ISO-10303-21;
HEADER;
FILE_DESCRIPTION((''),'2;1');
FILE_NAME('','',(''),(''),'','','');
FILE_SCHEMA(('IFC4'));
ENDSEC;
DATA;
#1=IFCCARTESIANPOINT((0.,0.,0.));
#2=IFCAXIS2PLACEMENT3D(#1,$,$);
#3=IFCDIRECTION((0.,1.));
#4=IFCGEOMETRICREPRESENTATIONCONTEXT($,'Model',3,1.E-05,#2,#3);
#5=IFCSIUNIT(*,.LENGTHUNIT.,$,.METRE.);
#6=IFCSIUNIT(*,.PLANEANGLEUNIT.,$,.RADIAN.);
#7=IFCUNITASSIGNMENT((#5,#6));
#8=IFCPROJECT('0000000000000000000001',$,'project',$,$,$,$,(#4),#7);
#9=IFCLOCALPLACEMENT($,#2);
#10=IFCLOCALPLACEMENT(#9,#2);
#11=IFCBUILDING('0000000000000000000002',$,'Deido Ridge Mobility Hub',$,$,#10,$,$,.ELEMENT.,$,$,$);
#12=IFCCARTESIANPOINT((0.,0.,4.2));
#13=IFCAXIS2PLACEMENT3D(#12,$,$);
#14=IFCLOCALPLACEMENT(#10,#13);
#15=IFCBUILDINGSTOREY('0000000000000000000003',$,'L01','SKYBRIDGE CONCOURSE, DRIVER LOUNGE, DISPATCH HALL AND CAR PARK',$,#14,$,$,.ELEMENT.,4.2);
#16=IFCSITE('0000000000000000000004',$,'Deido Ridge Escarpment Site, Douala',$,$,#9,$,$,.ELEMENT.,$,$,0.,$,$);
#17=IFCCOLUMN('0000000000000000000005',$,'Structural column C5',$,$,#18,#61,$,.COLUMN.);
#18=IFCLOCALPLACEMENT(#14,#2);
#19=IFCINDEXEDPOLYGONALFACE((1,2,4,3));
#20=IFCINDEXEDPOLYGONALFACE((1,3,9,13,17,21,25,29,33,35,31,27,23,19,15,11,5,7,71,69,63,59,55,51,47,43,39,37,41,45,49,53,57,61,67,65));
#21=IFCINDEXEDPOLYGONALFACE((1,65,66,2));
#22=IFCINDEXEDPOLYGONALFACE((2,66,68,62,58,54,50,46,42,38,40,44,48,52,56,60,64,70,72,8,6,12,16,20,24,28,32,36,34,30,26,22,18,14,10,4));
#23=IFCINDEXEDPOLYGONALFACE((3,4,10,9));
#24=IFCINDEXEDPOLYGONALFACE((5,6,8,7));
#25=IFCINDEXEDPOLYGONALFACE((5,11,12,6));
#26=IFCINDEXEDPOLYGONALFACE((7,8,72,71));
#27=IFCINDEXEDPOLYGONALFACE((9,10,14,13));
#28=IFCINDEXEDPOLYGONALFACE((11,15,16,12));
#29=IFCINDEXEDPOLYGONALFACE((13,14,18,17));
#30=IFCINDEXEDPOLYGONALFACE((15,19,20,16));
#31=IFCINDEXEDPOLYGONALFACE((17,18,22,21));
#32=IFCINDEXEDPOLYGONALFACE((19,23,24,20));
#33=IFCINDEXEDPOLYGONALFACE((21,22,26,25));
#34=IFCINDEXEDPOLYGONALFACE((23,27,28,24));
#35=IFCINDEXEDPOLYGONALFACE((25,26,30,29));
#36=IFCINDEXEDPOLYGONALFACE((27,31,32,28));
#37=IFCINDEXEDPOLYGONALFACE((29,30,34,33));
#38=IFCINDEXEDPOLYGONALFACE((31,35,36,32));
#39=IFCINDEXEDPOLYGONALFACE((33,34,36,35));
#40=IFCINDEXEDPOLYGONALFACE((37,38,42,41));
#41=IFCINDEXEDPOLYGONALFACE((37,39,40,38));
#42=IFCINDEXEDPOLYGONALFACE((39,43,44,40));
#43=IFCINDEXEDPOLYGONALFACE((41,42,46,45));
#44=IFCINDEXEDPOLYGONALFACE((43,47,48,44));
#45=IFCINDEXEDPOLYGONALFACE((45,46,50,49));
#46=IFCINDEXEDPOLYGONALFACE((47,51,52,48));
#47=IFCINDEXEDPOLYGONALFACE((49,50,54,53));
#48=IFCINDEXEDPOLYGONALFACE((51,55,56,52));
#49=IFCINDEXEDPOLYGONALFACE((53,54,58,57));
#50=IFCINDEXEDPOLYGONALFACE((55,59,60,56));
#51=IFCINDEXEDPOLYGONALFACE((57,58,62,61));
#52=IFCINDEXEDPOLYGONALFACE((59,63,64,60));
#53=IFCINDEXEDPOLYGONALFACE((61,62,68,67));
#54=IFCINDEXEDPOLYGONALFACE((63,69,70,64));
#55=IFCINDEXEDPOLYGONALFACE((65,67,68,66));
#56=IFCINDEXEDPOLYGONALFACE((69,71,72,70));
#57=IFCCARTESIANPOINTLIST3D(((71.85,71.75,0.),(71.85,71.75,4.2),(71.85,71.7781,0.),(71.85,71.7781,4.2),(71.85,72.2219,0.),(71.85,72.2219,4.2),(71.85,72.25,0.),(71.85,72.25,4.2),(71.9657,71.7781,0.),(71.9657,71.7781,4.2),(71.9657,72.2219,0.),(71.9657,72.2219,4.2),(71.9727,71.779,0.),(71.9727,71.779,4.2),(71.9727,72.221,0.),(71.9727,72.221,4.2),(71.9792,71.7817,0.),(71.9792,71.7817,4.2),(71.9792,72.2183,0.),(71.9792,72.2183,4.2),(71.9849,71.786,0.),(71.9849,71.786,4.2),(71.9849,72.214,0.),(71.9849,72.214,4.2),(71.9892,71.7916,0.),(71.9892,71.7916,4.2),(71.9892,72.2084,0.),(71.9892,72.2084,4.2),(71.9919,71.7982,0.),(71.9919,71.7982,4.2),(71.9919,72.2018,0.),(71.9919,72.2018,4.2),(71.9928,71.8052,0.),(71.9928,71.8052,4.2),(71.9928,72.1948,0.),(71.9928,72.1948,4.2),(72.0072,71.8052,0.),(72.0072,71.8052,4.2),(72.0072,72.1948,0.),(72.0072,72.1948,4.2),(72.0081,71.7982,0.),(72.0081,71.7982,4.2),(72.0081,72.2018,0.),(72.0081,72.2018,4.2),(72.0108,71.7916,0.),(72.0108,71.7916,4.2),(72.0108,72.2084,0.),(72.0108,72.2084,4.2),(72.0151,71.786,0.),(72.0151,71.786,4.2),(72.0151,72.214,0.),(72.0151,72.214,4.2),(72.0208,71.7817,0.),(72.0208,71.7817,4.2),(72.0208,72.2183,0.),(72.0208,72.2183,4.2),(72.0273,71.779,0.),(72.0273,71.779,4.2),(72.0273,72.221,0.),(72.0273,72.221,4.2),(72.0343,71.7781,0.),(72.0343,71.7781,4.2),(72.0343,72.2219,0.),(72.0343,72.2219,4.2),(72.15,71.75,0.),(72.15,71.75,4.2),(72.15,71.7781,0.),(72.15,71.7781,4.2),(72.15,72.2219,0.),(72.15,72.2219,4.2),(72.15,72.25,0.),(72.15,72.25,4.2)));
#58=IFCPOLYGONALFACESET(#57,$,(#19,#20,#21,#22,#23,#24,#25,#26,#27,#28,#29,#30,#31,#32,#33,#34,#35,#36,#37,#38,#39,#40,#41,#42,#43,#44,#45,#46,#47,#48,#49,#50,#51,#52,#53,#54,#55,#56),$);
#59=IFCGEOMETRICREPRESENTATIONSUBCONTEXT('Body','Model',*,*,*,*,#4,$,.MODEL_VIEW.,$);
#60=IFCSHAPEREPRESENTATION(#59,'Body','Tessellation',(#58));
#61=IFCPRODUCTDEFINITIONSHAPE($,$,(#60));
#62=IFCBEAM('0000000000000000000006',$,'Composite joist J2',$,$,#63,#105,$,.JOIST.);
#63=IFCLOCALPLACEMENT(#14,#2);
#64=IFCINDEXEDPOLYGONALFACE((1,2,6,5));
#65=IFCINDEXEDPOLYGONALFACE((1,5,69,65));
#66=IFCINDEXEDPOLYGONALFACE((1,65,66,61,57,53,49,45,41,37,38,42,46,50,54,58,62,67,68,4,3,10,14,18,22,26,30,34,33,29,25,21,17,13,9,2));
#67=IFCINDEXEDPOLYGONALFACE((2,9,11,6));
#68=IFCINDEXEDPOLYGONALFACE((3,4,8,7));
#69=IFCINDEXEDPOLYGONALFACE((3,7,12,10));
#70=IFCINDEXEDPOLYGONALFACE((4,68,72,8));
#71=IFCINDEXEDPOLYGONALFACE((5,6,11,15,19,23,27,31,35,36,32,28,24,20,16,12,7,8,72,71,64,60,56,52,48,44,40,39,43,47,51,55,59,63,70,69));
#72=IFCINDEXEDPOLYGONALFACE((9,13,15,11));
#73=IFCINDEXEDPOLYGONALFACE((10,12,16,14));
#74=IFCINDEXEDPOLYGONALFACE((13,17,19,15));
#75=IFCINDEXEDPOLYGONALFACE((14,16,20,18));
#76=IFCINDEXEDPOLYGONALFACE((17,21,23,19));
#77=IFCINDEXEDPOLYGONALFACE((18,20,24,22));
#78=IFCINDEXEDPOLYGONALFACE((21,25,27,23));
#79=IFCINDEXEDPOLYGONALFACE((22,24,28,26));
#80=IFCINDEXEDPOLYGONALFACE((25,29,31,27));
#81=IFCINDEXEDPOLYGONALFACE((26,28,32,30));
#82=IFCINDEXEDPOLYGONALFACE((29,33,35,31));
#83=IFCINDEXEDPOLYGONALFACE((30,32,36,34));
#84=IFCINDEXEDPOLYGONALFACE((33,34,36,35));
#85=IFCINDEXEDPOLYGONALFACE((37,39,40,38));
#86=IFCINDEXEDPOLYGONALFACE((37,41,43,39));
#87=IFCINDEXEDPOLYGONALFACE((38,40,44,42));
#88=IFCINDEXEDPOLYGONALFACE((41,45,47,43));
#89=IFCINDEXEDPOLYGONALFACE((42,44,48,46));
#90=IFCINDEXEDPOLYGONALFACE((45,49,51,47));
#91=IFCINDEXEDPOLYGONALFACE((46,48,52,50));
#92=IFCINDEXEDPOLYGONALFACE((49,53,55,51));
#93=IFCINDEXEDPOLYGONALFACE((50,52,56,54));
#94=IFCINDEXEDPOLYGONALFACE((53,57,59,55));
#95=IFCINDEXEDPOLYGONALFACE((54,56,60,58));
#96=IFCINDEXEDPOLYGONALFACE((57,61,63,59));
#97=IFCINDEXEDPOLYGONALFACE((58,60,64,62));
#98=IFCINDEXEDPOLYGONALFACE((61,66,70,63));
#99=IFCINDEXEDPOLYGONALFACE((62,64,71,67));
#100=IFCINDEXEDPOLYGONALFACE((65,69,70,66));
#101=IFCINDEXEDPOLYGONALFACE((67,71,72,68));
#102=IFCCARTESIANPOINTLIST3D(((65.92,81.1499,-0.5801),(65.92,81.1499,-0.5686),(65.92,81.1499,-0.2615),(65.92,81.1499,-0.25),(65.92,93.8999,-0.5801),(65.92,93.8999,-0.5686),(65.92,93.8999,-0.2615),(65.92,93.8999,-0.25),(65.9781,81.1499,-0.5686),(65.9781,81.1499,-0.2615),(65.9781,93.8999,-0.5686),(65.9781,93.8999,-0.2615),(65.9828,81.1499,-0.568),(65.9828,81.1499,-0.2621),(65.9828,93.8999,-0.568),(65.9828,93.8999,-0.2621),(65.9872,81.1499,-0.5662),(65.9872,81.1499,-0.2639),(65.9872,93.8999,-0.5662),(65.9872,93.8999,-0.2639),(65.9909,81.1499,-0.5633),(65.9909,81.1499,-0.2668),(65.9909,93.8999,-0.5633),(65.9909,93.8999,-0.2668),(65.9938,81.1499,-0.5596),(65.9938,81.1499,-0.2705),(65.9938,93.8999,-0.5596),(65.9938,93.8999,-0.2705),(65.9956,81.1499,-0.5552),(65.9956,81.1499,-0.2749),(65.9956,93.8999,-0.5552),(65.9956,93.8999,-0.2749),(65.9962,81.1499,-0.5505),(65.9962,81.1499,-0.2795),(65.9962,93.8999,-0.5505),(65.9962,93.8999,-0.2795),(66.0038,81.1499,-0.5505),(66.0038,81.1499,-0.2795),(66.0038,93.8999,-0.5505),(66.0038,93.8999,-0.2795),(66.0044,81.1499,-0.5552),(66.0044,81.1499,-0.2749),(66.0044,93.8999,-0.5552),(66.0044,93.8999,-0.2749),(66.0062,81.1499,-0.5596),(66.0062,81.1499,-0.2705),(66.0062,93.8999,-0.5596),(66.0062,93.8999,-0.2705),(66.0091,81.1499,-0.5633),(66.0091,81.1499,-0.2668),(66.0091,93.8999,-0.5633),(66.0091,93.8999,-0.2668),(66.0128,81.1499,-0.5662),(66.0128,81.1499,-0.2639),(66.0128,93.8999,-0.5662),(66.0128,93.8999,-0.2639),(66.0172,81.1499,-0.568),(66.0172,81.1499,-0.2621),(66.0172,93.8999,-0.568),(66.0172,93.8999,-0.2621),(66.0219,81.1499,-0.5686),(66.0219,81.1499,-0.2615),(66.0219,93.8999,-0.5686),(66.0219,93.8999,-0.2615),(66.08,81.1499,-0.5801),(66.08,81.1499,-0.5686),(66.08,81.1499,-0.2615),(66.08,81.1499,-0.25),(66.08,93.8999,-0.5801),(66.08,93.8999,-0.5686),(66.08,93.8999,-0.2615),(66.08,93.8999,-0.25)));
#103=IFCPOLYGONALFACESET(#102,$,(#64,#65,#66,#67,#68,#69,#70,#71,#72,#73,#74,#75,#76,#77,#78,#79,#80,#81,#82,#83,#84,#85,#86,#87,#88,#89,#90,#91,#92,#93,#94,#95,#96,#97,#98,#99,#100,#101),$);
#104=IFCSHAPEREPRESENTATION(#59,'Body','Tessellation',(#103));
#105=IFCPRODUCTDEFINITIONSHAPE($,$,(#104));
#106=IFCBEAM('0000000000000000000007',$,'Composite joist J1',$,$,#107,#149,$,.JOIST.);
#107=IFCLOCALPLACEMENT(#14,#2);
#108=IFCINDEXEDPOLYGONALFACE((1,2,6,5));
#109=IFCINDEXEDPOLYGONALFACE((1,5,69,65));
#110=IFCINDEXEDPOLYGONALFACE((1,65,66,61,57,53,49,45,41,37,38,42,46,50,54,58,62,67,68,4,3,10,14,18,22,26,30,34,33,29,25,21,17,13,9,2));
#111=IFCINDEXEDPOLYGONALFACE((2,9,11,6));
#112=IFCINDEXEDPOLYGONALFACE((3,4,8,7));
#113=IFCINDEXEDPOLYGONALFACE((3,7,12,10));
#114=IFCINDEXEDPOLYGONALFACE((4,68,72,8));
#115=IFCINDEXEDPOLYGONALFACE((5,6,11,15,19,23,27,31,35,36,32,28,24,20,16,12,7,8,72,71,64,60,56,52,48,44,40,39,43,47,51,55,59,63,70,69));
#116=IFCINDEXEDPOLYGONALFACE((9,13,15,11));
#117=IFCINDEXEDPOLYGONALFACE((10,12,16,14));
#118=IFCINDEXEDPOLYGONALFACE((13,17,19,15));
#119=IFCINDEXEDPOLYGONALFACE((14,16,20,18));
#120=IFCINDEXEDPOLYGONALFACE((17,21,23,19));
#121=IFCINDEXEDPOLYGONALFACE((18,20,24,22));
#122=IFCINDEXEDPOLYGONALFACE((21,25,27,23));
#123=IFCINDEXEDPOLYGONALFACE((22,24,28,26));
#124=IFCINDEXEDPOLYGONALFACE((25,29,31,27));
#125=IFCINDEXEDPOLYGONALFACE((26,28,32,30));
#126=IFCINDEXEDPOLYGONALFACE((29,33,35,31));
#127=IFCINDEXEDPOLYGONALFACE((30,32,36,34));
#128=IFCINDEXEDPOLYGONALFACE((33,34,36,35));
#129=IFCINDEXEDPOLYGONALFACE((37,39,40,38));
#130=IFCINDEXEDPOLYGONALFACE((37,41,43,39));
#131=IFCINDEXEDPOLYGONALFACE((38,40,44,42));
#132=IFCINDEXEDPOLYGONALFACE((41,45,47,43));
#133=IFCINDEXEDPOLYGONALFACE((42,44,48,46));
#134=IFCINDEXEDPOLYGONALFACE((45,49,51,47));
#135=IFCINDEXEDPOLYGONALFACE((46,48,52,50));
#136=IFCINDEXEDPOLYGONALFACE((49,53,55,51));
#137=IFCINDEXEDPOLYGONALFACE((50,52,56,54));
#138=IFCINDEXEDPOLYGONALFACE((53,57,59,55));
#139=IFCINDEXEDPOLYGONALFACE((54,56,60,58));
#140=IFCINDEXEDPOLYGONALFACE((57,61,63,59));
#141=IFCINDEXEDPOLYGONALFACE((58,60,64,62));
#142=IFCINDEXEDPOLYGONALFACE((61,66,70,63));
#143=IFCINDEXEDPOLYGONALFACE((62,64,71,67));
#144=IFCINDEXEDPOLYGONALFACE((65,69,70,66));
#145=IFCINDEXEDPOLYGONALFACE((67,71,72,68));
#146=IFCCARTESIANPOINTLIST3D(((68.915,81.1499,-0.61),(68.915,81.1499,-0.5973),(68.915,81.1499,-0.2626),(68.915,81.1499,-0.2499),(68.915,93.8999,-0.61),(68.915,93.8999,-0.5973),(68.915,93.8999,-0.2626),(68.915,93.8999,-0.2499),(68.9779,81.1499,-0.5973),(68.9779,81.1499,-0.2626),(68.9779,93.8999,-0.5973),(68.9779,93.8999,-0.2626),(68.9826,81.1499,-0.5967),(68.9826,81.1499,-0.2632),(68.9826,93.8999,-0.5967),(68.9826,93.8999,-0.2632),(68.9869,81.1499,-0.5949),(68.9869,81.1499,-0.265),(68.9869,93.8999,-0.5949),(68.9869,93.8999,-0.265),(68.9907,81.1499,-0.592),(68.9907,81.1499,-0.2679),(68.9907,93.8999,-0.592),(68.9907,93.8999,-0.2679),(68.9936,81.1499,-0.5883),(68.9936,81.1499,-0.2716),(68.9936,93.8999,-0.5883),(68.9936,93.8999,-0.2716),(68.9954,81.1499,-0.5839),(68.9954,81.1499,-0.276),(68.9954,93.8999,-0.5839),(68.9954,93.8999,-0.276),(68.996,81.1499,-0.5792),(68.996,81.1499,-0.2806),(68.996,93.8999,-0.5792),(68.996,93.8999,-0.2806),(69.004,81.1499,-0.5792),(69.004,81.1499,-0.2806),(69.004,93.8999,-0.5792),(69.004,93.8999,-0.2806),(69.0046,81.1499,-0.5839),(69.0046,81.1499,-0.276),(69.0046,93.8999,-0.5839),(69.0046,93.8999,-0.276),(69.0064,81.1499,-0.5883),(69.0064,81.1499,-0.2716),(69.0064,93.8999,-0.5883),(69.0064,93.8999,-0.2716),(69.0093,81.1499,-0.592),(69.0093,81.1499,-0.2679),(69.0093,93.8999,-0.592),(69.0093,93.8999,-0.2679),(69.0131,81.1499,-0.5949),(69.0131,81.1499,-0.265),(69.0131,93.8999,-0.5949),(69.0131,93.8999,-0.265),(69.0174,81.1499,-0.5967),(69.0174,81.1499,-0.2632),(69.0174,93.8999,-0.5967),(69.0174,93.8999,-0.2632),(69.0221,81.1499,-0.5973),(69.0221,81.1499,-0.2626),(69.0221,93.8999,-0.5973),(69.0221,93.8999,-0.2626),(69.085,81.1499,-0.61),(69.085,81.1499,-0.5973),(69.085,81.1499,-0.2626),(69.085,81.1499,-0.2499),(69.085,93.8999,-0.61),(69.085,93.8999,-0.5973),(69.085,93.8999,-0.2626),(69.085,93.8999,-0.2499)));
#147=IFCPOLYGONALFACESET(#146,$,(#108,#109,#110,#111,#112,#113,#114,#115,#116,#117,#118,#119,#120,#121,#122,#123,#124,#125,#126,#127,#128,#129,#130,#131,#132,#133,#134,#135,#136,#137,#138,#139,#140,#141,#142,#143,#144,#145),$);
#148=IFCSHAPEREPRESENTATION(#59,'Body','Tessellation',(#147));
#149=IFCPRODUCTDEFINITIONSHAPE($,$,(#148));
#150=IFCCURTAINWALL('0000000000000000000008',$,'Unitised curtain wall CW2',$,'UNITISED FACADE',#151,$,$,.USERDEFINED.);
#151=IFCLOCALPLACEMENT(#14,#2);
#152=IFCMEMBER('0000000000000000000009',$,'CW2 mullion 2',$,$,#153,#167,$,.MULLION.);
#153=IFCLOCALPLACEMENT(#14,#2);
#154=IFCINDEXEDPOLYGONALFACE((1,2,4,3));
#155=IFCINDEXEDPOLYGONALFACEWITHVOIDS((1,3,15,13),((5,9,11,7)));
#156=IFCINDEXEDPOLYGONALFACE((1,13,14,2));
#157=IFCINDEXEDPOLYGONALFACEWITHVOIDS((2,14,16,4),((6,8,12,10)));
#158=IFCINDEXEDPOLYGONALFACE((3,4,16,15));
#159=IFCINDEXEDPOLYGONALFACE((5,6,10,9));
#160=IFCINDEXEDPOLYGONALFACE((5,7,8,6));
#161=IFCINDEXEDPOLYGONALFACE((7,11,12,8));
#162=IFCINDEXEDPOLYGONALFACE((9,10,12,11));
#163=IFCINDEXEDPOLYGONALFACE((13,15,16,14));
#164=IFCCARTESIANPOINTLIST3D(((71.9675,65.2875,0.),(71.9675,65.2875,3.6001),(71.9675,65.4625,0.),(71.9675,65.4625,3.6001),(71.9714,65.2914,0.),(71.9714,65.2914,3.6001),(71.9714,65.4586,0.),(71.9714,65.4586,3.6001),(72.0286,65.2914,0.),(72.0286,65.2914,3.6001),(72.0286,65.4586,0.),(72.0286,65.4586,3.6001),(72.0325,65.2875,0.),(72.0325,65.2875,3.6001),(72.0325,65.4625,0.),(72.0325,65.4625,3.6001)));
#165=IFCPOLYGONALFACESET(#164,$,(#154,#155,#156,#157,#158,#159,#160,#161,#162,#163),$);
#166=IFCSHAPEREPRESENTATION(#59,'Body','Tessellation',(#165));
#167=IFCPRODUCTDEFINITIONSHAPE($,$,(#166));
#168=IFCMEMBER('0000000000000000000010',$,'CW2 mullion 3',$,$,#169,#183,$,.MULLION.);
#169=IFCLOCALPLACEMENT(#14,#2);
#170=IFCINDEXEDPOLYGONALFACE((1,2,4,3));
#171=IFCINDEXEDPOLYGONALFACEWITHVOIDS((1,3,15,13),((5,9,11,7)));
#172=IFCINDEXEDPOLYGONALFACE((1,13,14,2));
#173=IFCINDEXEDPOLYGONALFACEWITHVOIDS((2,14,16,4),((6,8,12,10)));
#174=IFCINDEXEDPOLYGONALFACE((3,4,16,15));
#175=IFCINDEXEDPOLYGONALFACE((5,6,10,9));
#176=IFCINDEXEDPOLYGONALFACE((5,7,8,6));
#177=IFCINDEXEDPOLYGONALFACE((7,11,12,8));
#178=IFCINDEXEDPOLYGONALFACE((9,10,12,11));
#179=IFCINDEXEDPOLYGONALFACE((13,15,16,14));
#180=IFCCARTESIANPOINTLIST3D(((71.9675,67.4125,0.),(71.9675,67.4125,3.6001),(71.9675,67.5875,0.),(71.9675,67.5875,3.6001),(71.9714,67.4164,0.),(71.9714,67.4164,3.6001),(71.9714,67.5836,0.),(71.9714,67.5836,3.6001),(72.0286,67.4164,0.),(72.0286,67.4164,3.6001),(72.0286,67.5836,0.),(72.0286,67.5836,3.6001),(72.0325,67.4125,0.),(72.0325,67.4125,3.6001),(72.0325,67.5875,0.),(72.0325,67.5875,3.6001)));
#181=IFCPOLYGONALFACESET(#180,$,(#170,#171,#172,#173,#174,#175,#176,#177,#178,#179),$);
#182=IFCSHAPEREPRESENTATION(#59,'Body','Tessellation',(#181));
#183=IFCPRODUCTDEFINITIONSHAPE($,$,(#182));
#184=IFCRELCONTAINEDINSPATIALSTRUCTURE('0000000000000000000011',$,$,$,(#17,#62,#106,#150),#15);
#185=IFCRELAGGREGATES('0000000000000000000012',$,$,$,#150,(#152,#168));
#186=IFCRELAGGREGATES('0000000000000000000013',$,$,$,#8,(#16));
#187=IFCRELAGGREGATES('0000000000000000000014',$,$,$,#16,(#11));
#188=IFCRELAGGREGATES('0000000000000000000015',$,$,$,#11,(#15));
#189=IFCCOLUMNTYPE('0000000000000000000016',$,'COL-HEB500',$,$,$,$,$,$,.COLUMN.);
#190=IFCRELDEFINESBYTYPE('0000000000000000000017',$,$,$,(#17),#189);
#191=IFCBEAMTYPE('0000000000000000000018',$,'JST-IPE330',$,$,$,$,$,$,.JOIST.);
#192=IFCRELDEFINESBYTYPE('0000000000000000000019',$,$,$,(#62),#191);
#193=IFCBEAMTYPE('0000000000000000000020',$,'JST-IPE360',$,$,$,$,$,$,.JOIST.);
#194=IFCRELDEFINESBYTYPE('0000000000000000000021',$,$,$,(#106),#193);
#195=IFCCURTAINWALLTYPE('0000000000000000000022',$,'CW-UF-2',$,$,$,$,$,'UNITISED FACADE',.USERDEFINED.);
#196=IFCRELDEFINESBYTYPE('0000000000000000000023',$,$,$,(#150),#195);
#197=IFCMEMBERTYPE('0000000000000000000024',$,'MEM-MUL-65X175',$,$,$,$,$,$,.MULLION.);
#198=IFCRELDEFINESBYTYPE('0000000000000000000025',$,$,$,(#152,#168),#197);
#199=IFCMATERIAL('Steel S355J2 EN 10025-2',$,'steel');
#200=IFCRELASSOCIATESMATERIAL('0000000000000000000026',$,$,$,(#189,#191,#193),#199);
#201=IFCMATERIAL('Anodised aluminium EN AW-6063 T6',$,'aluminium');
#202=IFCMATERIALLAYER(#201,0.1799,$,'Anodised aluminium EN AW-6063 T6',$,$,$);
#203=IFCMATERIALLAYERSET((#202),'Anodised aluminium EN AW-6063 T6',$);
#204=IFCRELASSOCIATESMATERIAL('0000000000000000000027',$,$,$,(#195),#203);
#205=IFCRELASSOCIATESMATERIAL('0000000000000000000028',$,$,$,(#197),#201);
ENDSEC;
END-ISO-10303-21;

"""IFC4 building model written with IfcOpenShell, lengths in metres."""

from ifc_helpers import new_model, si_unit, direction, frame, origin, origin_2d, place, context, subcontext, project, spatial, hollow_rectangle, i_section, extrude, material, layer, layer_set, material_profile, profile_set, type_object, element, aggregate, save


model = new_model("IFC4")

# Units and contexts
model_context = context("Model", 3, precision=1e-05, world=origin(), true_north=direction((0.0, 1.0)))
body_context = subcontext(model_context, "Body", "Model", "MODEL_VIEW")
ifc_project = project(units=[si_unit("LENGTHUNIT", "METRE"), si_unit("PLANEANGLEUNIT", "RADIAN")], contexts=[model_context])

# Site, building, storey
site_placement = place(None, origin())
site = spatial("IfcSite", under=ifc_project, at=site_placement, Name="Deido Ridge Escarpment Site, Douala", CompositionType="ELEMENT", RefElevation=0.0)
building_placement = place(site_placement, origin())
building = spatial("IfcBuilding", under=site, at=building_placement, Name="Deido Ridge Mobility Hub", CompositionType="ELEMENT")
storey_placement = place(building_placement, frame((0.0, 0.0, 4.2)))
storey = spatial("IfcBuildingStorey", under=building, at=storey_placement, Name="L01", Description="SKYBRIDGE CONCOURSE, DRIVER LOUNGE, DISPATCH HALL AND CAR PARK", CompositionType="ELEMENT", Elevation=4.2)

# Column
ifc_material_1 = material(Name="Steel S355J2 EN 10025-2", Category="steel")
ifc_material_profile_1 = material_profile(ifc_material_1, i_section(OverallWidth=0.3, OverallDepth=0.5, WebThickness=0.0144, FlangeThickness=0.0281, FilletRadius=0.0271, at=origin_2d()), Name="HEB 500")
ifc_profile_set_1 = profile_set([ifc_material_profile_1], Name="Steel S355J2 EN 10025-2")
column_type = type_object("IfcColumnType", Name="COL-HEB500", PredefinedType="COLUMN", material=ifc_profile_set_1)
column_placement = place(storey_placement, frame((72.0, 72.0, 0.0), z_axis=(0.0, 0.0, 1.0), x_axis=(1.0, 0.0, 0.0)))
element("IfcColumn", 1, at=column_placement, inside=storey, type_object=column_type, Name="Structural column C5", PredefinedType="COLUMN", context=body_context, shape_type="SweptSolid", body=[
    extrude(i_section(OverallWidth=0.3, OverallDepth=0.5, WebThickness=0.0144, FlangeThickness=0.0281, FilletRadius=0.0271, at=origin_2d()), origin(), (0.0, 0.0, 1.0), 4.2),
])

# Beams
ifc_material_profile_2 = material_profile(ifc_material_1, i_section(OverallWidth=0.1599, OverallDepth=0.3301, WebThickness=0.0076, FlangeThickness=0.0115, FilletRadius=0.0181, at=origin_2d()), Name="IPE 330")
ifc_profile_set_2 = profile_set([ifc_material_profile_2], Name="Steel S355J2 EN 10025-2")
beam_type_1 = type_object("IfcBeamType", Name="JST-IPE330", PredefinedType="JOIST", material=ifc_profile_set_2)
beam_1_placement = place(storey_placement, frame((66.0, 81.1499, -0.415), z_axis=(0.0, 1.0, 0.0), x_axis=(-1.0, 0.0, 0.0)))
element("IfcBeam", 2, at=beam_1_placement, inside=storey, type_object=beam_type_1, Name="Composite joist J2", PredefinedType="JOIST", context=body_context, shape_type="SweptSolid", body=[
    extrude(i_section(OverallWidth=0.1599, OverallDepth=0.3301, WebThickness=0.0076, FlangeThickness=0.0115, FilletRadius=0.0181, at=origin_2d()), origin(), (0.0, 0.0, 1.0), 12.75),
])
ifc_material_profile_3 = material_profile(ifc_material_1, i_section(OverallWidth=0.1699, OverallDepth=0.3601, WebThickness=0.0081, FlangeThickness=0.0127, FilletRadius=0.0181, at=origin_2d()), Name="IPE 360")
ifc_profile_set_3 = profile_set([ifc_material_profile_3], Name="Steel S355J2 EN 10025-2")
beam_type_2 = type_object("IfcBeamType", Name="JST-IPE360", PredefinedType="JOIST", material=ifc_profile_set_3)
beam_2_placement = place(storey_placement, frame((69.0, 81.1499, -0.4299), z_axis=(0.0, 1.0, 0.0), x_axis=(-1.0, 0.0, 0.0)))
element("IfcBeam", 3, at=beam_2_placement, inside=storey, type_object=beam_type_2, Name="Composite joist J1", PredefinedType="JOIST", context=body_context, shape_type="SweptSolid", body=[
    extrude(i_section(OverallWidth=0.1699, OverallDepth=0.3601, WebThickness=0.0081, FlangeThickness=0.0127, FilletRadius=0.0181, at=origin_2d()), origin(), (0.0, 0.0, 1.0), 12.75),
])

# Curtain wall, members
ifc_material_2 = material(Name="Anodised aluminium EN AW-6063 T6", Category="aluminium")
ifc_layer_1 = layer(ifc_material_2, 0.1799, Name="Anodised aluminium EN AW-6063 T6")
ifc_layer_set_1 = layer_set([ifc_layer_1], Name="Anodised aluminium EN AW-6063 T6")
curtain_wall_type = type_object("IfcCurtainWallType", Name="CW-UF-2", ElementType="UNITISED FACADE", PredefinedType="USERDEFINED", material=ifc_layer_set_1)
curtain_wall_placement = place(storey_placement, origin())
curtain_wall = element("IfcCurtainWall", 4, at=curtain_wall_placement, inside=storey, type_object=curtain_wall_type, Name="Unitised curtain wall CW2", ObjectType="UNITISED FACADE", PredefinedType="USERDEFINED")
ifc_material_profile_4 = material_profile(ifc_material_2, hollow_rectangle(XDim=0.0649, YDim=0.175, WallThickness=0.0039, at=origin_2d()), Name="RHS 65x175x4")
ifc_profile_set_4 = profile_set([ifc_material_profile_4], Name="Anodised aluminium EN AW-6063 T6")
member_type_1 = type_object("IfcMemberType", Name="MEM-MUL-65X175", PredefinedType="MULLION", material=ifc_profile_set_4)
member_1_placement = place(storey_placement, frame((72.0, 65.375, 0.0), z_axis=(0.0, 0.0, 1.0), x_axis=(-1.0, 0.0, 0.0)))
member_1 = element("IfcMember", 5, at=member_1_placement, type_object=member_type_1, Name="CW2 mullion 2", PredefinedType="MULLION", context=body_context, shape_type="SweptSolid", body=[
    extrude(hollow_rectangle(XDim=0.0649, YDim=0.175, WallThickness=0.0039, at=origin_2d()), origin(), (0.0, 0.0, 1.0), 3.6001),
])
member_2_placement = place(storey_placement, frame((72.0, 67.5, 0.0), z_axis=(0.0, 0.0, 1.0), x_axis=(-1.0, 0.0, 0.0)))
member_2 = element("IfcMember", 6, at=member_2_placement, type_object=member_type_1, Name="CW2 mullion 3", PredefinedType="MULLION", context=body_context, shape_type="SweptSolid", body=[
    extrude(hollow_rectangle(XDim=0.0649, YDim=0.175, WallThickness=0.0039, at=origin_2d()), origin(), (0.0, 0.0, 1.0), 3.6001),
])

aggregate(curtain_wall, [member_1, member_2])

save(model, "model.ifc")
